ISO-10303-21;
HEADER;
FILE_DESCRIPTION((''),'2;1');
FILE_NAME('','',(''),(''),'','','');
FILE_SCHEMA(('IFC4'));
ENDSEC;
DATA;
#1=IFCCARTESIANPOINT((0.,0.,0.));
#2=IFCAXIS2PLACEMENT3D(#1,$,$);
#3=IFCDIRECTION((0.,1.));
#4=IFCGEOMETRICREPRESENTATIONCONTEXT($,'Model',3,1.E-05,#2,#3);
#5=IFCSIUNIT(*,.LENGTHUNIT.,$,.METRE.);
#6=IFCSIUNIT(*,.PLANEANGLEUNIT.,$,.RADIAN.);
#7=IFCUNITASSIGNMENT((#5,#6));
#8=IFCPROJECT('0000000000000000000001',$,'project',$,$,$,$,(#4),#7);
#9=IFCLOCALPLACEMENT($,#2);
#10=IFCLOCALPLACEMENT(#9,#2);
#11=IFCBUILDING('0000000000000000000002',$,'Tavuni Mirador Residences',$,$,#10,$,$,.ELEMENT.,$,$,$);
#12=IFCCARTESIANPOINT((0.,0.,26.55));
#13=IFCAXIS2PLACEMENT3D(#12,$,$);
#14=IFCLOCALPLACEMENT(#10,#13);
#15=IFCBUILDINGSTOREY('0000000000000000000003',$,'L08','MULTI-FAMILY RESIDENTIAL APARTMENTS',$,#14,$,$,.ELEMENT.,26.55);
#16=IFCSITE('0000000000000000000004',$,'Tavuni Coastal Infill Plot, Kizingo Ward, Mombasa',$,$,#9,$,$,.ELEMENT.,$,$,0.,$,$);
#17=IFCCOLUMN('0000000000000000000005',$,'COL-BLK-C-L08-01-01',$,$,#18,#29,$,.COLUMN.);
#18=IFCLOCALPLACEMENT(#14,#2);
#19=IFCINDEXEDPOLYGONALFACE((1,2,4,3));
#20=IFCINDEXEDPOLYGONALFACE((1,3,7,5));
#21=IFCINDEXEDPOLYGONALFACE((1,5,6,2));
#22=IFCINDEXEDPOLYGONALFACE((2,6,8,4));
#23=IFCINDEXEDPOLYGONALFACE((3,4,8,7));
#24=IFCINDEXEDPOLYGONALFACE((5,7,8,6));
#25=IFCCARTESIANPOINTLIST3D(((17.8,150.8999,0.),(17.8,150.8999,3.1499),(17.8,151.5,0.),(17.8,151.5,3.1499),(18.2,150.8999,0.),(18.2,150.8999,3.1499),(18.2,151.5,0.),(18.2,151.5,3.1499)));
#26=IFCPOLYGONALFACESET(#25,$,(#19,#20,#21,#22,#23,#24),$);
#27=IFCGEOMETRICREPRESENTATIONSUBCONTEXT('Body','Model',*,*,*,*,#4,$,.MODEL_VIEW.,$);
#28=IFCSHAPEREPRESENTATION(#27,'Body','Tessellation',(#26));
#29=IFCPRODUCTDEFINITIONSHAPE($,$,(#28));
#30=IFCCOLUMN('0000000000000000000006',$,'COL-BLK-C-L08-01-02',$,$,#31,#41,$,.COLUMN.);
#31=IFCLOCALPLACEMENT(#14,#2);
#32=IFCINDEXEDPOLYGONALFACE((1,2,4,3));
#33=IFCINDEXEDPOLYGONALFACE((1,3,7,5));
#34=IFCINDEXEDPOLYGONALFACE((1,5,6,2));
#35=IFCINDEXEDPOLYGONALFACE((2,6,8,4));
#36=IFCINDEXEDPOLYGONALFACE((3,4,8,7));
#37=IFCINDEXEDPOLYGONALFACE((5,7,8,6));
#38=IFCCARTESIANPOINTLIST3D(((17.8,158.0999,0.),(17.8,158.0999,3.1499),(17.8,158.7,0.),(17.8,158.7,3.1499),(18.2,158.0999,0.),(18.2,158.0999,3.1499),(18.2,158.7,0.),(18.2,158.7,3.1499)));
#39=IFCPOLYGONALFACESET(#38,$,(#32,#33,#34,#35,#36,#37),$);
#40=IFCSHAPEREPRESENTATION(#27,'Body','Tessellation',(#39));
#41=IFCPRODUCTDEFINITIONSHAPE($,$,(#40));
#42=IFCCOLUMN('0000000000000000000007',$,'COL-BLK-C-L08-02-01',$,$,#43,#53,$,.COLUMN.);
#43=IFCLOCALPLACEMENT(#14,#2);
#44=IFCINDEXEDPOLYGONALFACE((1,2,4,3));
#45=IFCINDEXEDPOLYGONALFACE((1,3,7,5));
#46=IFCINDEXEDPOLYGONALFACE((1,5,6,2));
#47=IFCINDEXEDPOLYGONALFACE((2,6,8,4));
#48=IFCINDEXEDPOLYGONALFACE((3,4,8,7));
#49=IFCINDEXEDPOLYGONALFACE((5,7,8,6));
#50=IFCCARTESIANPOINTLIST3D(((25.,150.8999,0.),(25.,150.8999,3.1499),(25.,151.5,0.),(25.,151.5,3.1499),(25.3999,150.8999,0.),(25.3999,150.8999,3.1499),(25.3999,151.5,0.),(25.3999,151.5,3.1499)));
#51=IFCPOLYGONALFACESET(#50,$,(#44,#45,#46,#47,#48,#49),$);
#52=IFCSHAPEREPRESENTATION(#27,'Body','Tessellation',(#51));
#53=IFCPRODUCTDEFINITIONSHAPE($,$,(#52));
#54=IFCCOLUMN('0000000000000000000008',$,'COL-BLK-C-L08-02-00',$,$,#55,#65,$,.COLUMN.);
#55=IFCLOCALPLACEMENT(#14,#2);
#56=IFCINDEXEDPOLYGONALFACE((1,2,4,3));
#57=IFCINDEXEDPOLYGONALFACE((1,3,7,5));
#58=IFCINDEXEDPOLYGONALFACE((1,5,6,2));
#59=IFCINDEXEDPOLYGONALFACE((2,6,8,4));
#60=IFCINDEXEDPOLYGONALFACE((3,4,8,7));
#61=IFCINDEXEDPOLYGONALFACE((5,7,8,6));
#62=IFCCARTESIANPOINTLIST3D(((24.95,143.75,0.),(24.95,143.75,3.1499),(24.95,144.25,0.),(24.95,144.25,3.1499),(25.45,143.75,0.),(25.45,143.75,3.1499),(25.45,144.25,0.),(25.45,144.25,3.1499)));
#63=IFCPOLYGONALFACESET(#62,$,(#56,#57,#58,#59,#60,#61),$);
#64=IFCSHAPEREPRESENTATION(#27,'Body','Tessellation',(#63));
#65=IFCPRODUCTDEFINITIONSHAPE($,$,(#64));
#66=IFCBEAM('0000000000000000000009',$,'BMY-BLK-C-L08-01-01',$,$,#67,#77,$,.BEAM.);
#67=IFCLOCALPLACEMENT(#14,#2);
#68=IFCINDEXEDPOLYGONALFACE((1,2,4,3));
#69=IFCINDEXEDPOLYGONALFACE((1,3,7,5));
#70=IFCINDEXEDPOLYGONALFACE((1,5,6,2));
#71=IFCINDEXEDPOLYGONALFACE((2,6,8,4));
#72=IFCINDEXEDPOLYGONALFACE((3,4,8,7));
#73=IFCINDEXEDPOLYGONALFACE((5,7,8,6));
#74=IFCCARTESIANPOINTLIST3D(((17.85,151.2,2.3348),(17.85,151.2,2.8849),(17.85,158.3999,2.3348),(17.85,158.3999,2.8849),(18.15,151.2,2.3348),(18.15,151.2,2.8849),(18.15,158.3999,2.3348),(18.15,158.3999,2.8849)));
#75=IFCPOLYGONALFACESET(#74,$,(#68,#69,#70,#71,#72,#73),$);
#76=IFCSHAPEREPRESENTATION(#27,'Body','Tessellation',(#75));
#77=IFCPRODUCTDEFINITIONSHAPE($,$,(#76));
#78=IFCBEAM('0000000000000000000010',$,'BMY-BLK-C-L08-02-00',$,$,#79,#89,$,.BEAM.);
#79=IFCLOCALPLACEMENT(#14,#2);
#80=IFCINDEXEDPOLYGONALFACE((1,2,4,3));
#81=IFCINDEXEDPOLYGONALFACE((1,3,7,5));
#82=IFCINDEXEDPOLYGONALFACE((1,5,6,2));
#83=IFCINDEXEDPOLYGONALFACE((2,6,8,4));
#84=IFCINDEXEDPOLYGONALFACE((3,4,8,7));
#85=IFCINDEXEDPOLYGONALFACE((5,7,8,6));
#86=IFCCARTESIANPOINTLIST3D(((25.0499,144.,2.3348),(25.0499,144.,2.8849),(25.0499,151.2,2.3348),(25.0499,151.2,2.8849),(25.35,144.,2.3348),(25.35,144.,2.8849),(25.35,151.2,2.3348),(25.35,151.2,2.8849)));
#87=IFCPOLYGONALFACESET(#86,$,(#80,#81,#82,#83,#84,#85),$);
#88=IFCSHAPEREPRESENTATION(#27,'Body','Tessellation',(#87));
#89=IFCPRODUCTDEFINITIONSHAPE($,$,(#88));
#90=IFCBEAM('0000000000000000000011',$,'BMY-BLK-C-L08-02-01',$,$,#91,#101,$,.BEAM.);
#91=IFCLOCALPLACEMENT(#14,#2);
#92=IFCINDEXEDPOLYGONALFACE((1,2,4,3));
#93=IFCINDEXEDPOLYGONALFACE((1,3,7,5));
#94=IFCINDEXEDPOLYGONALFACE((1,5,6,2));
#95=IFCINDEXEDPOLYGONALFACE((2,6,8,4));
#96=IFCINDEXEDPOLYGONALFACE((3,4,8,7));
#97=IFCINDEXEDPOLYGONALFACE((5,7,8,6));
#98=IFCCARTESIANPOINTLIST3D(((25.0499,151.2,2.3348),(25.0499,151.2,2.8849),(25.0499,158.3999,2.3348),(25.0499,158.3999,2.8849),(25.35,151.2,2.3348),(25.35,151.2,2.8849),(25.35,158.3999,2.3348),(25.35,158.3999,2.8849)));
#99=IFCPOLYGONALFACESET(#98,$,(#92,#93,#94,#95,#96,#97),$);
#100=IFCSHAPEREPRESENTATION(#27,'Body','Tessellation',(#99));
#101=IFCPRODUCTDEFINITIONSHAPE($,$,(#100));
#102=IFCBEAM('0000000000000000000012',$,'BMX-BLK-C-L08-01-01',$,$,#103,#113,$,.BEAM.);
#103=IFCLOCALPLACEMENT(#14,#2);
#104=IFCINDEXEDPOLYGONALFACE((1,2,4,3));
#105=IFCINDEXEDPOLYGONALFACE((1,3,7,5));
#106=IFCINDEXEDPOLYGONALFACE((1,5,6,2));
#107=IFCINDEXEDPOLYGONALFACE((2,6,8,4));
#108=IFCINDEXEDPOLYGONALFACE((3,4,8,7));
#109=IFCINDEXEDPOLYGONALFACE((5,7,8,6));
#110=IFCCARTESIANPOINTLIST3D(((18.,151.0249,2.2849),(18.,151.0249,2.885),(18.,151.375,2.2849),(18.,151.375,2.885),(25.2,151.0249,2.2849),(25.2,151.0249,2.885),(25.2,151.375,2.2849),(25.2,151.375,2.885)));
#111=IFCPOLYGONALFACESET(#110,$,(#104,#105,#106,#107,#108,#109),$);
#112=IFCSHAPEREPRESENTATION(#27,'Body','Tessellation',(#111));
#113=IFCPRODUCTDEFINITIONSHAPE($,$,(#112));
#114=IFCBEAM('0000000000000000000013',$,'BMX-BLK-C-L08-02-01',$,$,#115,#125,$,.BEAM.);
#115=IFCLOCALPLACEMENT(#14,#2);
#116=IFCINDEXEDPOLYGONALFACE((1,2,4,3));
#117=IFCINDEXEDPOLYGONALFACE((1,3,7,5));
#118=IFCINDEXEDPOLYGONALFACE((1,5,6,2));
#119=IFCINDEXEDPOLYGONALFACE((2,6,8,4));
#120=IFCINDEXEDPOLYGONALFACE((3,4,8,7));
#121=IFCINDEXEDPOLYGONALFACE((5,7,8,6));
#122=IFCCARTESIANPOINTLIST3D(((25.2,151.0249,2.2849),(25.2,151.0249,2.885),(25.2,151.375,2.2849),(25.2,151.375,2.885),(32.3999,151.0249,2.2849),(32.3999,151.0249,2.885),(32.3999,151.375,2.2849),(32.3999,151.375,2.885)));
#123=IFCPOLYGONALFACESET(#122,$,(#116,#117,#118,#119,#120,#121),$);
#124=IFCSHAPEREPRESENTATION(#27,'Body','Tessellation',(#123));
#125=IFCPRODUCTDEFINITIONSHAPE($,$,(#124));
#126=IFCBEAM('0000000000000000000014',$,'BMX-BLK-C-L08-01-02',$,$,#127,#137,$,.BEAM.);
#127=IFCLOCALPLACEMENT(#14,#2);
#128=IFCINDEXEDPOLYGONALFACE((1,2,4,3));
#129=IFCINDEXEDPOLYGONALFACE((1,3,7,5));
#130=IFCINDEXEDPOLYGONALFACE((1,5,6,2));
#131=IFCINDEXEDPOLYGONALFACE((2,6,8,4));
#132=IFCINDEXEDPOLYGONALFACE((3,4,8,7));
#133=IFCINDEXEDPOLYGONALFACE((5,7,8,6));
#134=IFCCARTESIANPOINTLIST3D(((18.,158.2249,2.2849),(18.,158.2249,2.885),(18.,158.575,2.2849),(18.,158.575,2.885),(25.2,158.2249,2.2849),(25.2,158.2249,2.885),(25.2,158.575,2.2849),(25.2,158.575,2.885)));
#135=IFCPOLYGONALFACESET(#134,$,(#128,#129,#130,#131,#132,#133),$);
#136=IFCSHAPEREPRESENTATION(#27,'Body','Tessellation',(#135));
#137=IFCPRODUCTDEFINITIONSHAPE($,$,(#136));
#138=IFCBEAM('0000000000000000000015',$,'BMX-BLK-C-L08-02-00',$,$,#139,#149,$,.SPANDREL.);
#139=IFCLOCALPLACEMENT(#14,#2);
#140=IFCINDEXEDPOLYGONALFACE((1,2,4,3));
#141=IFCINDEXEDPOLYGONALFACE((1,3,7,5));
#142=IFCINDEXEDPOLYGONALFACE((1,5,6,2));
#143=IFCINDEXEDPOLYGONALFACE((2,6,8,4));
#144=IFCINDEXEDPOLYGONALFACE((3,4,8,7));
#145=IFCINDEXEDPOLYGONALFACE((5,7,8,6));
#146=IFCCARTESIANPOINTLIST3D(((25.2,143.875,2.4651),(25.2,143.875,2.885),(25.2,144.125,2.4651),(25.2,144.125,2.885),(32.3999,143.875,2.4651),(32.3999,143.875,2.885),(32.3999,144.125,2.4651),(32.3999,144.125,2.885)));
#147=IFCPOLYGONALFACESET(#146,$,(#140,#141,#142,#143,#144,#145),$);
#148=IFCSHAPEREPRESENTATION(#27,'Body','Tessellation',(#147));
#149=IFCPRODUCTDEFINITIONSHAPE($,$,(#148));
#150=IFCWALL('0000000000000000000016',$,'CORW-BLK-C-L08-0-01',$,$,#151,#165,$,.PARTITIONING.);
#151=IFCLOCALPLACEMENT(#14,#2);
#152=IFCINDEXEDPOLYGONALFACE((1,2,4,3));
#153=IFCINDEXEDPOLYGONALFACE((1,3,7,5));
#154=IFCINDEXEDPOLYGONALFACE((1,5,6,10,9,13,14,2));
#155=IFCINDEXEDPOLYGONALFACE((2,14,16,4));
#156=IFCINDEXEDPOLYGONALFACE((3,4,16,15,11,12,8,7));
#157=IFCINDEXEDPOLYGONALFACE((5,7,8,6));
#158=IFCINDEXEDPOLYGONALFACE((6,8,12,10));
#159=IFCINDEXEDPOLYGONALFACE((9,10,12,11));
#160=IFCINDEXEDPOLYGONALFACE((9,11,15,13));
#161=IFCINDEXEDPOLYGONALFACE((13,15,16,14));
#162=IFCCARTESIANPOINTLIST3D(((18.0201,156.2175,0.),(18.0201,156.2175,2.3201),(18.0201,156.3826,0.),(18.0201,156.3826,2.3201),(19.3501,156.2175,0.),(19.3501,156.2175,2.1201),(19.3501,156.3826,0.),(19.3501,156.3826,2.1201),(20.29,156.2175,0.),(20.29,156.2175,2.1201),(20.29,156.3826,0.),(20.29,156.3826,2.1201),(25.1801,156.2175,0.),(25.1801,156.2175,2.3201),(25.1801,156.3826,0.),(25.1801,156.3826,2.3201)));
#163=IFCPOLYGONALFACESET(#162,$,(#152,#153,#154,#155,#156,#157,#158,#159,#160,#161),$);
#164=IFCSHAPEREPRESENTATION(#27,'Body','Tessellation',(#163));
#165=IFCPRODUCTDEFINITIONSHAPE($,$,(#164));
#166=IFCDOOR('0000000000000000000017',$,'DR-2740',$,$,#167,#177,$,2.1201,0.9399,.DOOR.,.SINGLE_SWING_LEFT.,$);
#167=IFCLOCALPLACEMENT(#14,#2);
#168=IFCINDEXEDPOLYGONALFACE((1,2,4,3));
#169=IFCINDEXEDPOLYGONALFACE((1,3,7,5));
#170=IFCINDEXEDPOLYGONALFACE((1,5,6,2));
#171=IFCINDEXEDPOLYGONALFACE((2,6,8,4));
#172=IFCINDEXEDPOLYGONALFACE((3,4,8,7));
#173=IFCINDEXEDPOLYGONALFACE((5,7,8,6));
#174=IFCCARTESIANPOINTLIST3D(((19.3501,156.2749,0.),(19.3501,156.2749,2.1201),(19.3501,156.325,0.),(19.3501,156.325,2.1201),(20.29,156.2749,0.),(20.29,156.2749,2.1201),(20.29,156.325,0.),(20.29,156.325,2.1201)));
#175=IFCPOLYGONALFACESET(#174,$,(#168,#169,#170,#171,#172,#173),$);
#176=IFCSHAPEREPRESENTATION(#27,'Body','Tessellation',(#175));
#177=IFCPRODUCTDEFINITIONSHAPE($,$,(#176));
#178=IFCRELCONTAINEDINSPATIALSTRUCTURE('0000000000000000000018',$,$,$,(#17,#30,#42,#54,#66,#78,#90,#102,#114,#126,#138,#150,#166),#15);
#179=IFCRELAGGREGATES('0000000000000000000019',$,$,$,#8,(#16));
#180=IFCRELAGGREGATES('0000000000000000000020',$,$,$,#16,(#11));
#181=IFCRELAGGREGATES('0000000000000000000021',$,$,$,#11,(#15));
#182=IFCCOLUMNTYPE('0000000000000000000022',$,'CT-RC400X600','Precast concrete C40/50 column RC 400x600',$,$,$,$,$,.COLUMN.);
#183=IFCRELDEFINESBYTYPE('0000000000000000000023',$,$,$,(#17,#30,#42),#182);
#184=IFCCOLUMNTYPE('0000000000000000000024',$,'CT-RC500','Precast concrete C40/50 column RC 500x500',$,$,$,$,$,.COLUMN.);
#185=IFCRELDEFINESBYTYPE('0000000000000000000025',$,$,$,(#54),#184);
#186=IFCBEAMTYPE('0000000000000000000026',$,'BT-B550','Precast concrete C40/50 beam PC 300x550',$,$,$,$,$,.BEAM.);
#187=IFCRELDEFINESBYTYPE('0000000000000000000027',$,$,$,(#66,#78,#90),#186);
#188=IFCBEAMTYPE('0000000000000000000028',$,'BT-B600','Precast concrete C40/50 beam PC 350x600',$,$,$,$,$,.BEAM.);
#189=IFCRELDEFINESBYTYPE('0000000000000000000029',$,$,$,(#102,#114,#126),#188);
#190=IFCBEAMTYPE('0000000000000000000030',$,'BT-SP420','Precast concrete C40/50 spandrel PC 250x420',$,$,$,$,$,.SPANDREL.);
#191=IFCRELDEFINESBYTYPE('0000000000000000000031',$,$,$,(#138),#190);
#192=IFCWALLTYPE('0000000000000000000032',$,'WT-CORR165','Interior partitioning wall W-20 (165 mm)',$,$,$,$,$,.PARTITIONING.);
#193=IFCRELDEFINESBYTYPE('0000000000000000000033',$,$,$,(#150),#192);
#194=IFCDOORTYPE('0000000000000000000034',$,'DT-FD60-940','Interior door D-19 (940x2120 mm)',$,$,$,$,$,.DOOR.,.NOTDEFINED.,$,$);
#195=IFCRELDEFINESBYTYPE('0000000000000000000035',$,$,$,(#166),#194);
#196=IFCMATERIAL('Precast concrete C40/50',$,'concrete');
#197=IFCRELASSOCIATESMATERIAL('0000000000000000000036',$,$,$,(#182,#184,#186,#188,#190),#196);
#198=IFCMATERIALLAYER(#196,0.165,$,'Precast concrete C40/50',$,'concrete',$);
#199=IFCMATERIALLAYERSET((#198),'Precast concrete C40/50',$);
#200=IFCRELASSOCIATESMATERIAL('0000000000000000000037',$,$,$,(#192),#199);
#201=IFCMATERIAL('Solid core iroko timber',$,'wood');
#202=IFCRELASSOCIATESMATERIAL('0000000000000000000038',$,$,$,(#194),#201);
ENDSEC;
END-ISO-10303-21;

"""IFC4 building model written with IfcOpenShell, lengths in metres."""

from ifc_helpers import new_model, si_unit, direction, frame, frame_2d, origin, origin_2d, place, context, subcontext, project, spatial, rectangle, extrude, material, layer, layer_set, material_profile, profile_set, type_object, element, fill, save


model = new_model("IFC4")

# Units and contexts
model_context = context("Model", 3, precision=1e-05, world=origin(), true_north=direction((0.0, 1.0)))
body_context = subcontext(model_context, "Body", "Model", "MODEL_VIEW")
ifc_project = project(units=[si_unit("LENGTHUNIT", "METRE"), si_unit("PLANEANGLEUNIT", "RADIAN")], contexts=[model_context])

# Site, building, storey
site_placement = place(None, origin())
site = spatial("IfcSite", under=ifc_project, at=site_placement, Name="Tavuni Coastal Infill Plot, Kizingo Ward, Mombasa", CompositionType="ELEMENT", RefElevation=0.0)
building_placement = place(site_placement, origin())
building = spatial("IfcBuilding", under=site, at=building_placement, Name="Tavuni Mirador Residences", CompositionType="ELEMENT")
storey_placement = place(building_placement, frame((0.0, 0.0, 26.55)))
storey = spatial("IfcBuildingStorey", under=building, at=storey_placement, Name="L08", Description="MULTI-FAMILY RESIDENTIAL APARTMENTS", CompositionType="ELEMENT", Elevation=26.55)

# Columns
ifc_material_1 = material(Name="Precast concrete C40/50", Category="concrete")
ifc_material_profile_1 = material_profile(ifc_material_1, rectangle(XDim=0.3999, YDim=0.6001, at=origin_2d()), Name="RC 400x600", Category="concrete")
ifc_profile_set_1 = profile_set([ifc_material_profile_1], Name="Precast concrete C40/50")
column_type_1 = type_object("IfcColumnType", Name="CT-RC400X600", Description="Precast concrete C40/50 column RC 400x600", PredefinedType="COLUMN", material=ifc_profile_set_1)
for number, where, z_axis, x_axis, name in (
    (1, (18.0, 151.2, 0.0), (0.0, 0.0, 1.0), (1.0, 0.0, 0.0), "COL-BLK-C-L08-01-01"),
    (2, (18.0, 158.3999, 0.0), (0.0, 0.0, 1.0), (1.0, 0.0, 0.0), "COL-BLK-C-L08-01-02"),
    (3, (25.2, 151.2, 0.0), (0.0, 0.0, 1.0), (1.0, 0.0, 0.0), "COL-BLK-C-L08-02-01"),
):
    element("IfcColumn", number, at=place(storey_placement, frame(where, z_axis=z_axis, x_axis=x_axis)), inside=storey, type_object=column_type_1, Name=name, PredefinedType="COLUMN", context=body_context, shape_type="SweptSolid", body=[
        extrude(rectangle(XDim=0.3999, YDim=0.6001, at=origin_2d()), origin(), (0.0, 0.0, 1.0), 3.1499),
    ])
ifc_material_profile_2 = material_profile(ifc_material_1, rectangle(XDim=0.5, YDim=0.5, at=origin_2d()), Name="RC 500x500", Category="concrete")
ifc_profile_set_2 = profile_set([ifc_material_profile_2], Name="Precast concrete C40/50")
column_type_2 = type_object("IfcColumnType", Name="CT-RC500", Description="Precast concrete C40/50 column RC 500x500", PredefinedType="COLUMN", material=ifc_profile_set_2)
column_placement = place(storey_placement, frame((25.2, 144.0, 0.0), z_axis=(0.0, 0.0, 1.0), x_axis=(1.0, 0.0, 0.0)))
element("IfcColumn", 4, at=column_placement, inside=storey, type_object=column_type_2, Name="COL-BLK-C-L08-02-00", PredefinedType="COLUMN", context=body_context, shape_type="SweptSolid", body=[
    extrude(rectangle(XDim=0.5, YDim=0.5, at=origin_2d()), origin(), (0.0, 0.0, 1.0), 3.1499),
])

# Beams
ifc_material_profile_3 = material_profile(ifc_material_1, rectangle(XDim=0.3, YDim=0.55, at=origin_2d()), Name="PC 300x550", Category="concrete")
ifc_profile_set_3 = profile_set([ifc_material_profile_3], Name="Precast concrete C40/50")
beam_type_1 = type_object("IfcBeamType", Name="BT-B550", Description="Precast concrete C40/50 beam PC 300x550", PredefinedType="BEAM", material=ifc_profile_set_3)
for number, where, z_axis, x_axis, name in (
    (5, (18.0, 151.2, 2.6099), (0.0, 1.0, 0.0), (-1.0, 0.0, 0.0), "BMY-BLK-C-L08-01-01"),
    (6, (25.2, 144.0, 2.6099), (0.0, 1.0, 0.0), (-1.0, 0.0, 0.0), "BMY-BLK-C-L08-02-00"),
    (7, (25.2, 151.2, 2.6099), (0.0, 1.0, 0.0), (-1.0, 0.0, 0.0), "BMY-BLK-C-L08-02-01"),
):
    element("IfcBeam", number, at=place(storey_placement, frame(where, z_axis=z_axis, x_axis=x_axis)), inside=storey, type_object=beam_type_1, Name=name, PredefinedType="BEAM", context=body_context, shape_type="SweptSolid", body=[
        extrude(rectangle(XDim=0.3, YDim=0.55, at=origin_2d()), origin(), (0.0, 0.0, 1.0), 7.2),
    ])
ifc_material_profile_4 = material_profile(ifc_material_1, rectangle(XDim=0.3501, YDim=0.6001, at=origin_2d()), Name="PC 350x600", Category="concrete")
ifc_profile_set_4 = profile_set([ifc_material_profile_4], Name="Precast concrete C40/50")
beam_type_2 = type_object("IfcBeamType", Name="BT-B600", Description="Precast concrete C40/50 beam PC 350x600", PredefinedType="BEAM", material=ifc_profile_set_4)
for number, where, z_axis, x_axis, name in (
    (8, (18.0, 151.2, 2.585), (1.0, 0.0, 0.0), (0.0, 1.0, 0.0), "BMX-BLK-C-L08-01-01"),
    (9, (25.2, 151.2, 2.585), (1.0, 0.0, 0.0), (0.0, 1.0, 0.0), "BMX-BLK-C-L08-02-01"),
    (10, (18.0, 158.3999, 2.585), (1.0, 0.0, 0.0), (0.0, 1.0, 0.0), "BMX-BLK-C-L08-01-02"),
):
    element("IfcBeam", number, at=place(storey_placement, frame(where, z_axis=z_axis, x_axis=x_axis)), inside=storey, type_object=beam_type_2, Name=name, PredefinedType="BEAM", context=body_context, shape_type="SweptSolid", body=[
        extrude(rectangle(XDim=0.3501, YDim=0.6001, at=origin_2d()), origin(), (0.0, 0.0, 1.0), 7.2),
    ])
ifc_material_profile_5 = material_profile(ifc_material_1, rectangle(XDim=0.25, YDim=0.4199, at=origin_2d()), Name="PC 250x420", Category="concrete")
ifc_profile_set_5 = profile_set([ifc_material_profile_5], Name="Precast concrete C40/50")
beam_type_3 = type_object("IfcBeamType", Name="BT-SP420", Description="Precast concrete C40/50 spandrel PC 250x420", PredefinedType="SPANDREL", material=ifc_profile_set_5)
beam_placement = place(storey_placement, frame((25.2, 144.0, 2.675), z_axis=(1.0, 0.0, 0.0), x_axis=(0.0, 1.0, 0.0)))
element("IfcBeam", 11, at=beam_placement, inside=storey, type_object=beam_type_3, Name="BMX-BLK-C-L08-02-00", PredefinedType="SPANDREL", context=body_context, shape_type="SweptSolid", body=[
    extrude(rectangle(XDim=0.25, YDim=0.4199, at=origin_2d()), origin(), (0.0, 0.0, 1.0), 7.2),
])

# Wall, opening, door
ifc_layer_1 = layer(ifc_material_1, 0.165, Name="Precast concrete C40/50", Category="concrete")
ifc_layer_set_1 = layer_set([ifc_layer_1], Name="Precast concrete C40/50")
wall_type_1 = type_object("IfcWallType", Name="WT-CORR165", Description="Interior partitioning wall W-20 (165 mm)", PredefinedType="PARTITIONING", material=ifc_layer_set_1)
wall_1_placement = place(storey_placement, frame((18.02, 156.3, 0.0), z_axis=(0.0, 0.0, 1.0), x_axis=(1.0, 0.0, 0.0)))
wall_1 = element("IfcWall", 12, at=wall_1_placement, inside=storey, type_object=wall_type_1, Name="CORW-BLK-C-L08-0-01", PredefinedType="PARTITIONING", context=body_context, shape_type="SweptSolid", body=[
    extrude(rectangle(XDim=7.1599, YDim=0.165, at=frame_2d((3.5801, 0.0))), origin(), (0.0, 0.0, 1.0), 2.3201),
])
opening_1_placement = place(wall_1_placement, frame((1.3301, 0.0, 0.0)))
opening_1 = element("IfcOpeningElement", 13, at=opening_1_placement, cuts=wall_1, PredefinedType="OPENING", context=body_context, shape_type="SweptSolid", body=[
    extrude(rectangle(XDim=0.9399, YDim=2.1201, at=frame_2d((0.47, 1.0601))), frame((0.0, 0.0925, 0.0), z_axis=(0.0, -1.0, 0.0), x_axis=(1.0, 0.0, 0.0)), (0.0, 0.0, 1.0), 0.1851),
])
ifc_material_2 = material(Name="Solid core iroko timber", Category="wood")
door_type_1 = type_object("IfcDoorType", Name="DT-FD60-940", Description="Interior door D-19 (940x2120 mm)", OperationType="NOTDEFINED", PredefinedType="DOOR", material=ifc_material_2)
door_1_placement = place(opening_1_placement, origin())
door_1 = element("IfcDoor", 14, at=door_1_placement, inside=storey, type_object=door_type_1, Name="DR-2740", OperationType="SINGLE_SWING_LEFT", OverallHeight=2.1201, OverallWidth=0.9399, PredefinedType="DOOR", context=body_context, shape_type="SweptSolid", body=[
    extrude(rectangle(XDim=0.9399, YDim=2.1201, at=frame_2d((0.47, 1.0601))), frame((0.0, 0.0249, 0.0), z_axis=(0.0, -1.0, 0.0), x_axis=(1.0, 0.0, 0.0)), (0.0, 0.0, 1.0), 0.05),
])
fill(opening_1, door_1)

save(model, "model.ifc")
